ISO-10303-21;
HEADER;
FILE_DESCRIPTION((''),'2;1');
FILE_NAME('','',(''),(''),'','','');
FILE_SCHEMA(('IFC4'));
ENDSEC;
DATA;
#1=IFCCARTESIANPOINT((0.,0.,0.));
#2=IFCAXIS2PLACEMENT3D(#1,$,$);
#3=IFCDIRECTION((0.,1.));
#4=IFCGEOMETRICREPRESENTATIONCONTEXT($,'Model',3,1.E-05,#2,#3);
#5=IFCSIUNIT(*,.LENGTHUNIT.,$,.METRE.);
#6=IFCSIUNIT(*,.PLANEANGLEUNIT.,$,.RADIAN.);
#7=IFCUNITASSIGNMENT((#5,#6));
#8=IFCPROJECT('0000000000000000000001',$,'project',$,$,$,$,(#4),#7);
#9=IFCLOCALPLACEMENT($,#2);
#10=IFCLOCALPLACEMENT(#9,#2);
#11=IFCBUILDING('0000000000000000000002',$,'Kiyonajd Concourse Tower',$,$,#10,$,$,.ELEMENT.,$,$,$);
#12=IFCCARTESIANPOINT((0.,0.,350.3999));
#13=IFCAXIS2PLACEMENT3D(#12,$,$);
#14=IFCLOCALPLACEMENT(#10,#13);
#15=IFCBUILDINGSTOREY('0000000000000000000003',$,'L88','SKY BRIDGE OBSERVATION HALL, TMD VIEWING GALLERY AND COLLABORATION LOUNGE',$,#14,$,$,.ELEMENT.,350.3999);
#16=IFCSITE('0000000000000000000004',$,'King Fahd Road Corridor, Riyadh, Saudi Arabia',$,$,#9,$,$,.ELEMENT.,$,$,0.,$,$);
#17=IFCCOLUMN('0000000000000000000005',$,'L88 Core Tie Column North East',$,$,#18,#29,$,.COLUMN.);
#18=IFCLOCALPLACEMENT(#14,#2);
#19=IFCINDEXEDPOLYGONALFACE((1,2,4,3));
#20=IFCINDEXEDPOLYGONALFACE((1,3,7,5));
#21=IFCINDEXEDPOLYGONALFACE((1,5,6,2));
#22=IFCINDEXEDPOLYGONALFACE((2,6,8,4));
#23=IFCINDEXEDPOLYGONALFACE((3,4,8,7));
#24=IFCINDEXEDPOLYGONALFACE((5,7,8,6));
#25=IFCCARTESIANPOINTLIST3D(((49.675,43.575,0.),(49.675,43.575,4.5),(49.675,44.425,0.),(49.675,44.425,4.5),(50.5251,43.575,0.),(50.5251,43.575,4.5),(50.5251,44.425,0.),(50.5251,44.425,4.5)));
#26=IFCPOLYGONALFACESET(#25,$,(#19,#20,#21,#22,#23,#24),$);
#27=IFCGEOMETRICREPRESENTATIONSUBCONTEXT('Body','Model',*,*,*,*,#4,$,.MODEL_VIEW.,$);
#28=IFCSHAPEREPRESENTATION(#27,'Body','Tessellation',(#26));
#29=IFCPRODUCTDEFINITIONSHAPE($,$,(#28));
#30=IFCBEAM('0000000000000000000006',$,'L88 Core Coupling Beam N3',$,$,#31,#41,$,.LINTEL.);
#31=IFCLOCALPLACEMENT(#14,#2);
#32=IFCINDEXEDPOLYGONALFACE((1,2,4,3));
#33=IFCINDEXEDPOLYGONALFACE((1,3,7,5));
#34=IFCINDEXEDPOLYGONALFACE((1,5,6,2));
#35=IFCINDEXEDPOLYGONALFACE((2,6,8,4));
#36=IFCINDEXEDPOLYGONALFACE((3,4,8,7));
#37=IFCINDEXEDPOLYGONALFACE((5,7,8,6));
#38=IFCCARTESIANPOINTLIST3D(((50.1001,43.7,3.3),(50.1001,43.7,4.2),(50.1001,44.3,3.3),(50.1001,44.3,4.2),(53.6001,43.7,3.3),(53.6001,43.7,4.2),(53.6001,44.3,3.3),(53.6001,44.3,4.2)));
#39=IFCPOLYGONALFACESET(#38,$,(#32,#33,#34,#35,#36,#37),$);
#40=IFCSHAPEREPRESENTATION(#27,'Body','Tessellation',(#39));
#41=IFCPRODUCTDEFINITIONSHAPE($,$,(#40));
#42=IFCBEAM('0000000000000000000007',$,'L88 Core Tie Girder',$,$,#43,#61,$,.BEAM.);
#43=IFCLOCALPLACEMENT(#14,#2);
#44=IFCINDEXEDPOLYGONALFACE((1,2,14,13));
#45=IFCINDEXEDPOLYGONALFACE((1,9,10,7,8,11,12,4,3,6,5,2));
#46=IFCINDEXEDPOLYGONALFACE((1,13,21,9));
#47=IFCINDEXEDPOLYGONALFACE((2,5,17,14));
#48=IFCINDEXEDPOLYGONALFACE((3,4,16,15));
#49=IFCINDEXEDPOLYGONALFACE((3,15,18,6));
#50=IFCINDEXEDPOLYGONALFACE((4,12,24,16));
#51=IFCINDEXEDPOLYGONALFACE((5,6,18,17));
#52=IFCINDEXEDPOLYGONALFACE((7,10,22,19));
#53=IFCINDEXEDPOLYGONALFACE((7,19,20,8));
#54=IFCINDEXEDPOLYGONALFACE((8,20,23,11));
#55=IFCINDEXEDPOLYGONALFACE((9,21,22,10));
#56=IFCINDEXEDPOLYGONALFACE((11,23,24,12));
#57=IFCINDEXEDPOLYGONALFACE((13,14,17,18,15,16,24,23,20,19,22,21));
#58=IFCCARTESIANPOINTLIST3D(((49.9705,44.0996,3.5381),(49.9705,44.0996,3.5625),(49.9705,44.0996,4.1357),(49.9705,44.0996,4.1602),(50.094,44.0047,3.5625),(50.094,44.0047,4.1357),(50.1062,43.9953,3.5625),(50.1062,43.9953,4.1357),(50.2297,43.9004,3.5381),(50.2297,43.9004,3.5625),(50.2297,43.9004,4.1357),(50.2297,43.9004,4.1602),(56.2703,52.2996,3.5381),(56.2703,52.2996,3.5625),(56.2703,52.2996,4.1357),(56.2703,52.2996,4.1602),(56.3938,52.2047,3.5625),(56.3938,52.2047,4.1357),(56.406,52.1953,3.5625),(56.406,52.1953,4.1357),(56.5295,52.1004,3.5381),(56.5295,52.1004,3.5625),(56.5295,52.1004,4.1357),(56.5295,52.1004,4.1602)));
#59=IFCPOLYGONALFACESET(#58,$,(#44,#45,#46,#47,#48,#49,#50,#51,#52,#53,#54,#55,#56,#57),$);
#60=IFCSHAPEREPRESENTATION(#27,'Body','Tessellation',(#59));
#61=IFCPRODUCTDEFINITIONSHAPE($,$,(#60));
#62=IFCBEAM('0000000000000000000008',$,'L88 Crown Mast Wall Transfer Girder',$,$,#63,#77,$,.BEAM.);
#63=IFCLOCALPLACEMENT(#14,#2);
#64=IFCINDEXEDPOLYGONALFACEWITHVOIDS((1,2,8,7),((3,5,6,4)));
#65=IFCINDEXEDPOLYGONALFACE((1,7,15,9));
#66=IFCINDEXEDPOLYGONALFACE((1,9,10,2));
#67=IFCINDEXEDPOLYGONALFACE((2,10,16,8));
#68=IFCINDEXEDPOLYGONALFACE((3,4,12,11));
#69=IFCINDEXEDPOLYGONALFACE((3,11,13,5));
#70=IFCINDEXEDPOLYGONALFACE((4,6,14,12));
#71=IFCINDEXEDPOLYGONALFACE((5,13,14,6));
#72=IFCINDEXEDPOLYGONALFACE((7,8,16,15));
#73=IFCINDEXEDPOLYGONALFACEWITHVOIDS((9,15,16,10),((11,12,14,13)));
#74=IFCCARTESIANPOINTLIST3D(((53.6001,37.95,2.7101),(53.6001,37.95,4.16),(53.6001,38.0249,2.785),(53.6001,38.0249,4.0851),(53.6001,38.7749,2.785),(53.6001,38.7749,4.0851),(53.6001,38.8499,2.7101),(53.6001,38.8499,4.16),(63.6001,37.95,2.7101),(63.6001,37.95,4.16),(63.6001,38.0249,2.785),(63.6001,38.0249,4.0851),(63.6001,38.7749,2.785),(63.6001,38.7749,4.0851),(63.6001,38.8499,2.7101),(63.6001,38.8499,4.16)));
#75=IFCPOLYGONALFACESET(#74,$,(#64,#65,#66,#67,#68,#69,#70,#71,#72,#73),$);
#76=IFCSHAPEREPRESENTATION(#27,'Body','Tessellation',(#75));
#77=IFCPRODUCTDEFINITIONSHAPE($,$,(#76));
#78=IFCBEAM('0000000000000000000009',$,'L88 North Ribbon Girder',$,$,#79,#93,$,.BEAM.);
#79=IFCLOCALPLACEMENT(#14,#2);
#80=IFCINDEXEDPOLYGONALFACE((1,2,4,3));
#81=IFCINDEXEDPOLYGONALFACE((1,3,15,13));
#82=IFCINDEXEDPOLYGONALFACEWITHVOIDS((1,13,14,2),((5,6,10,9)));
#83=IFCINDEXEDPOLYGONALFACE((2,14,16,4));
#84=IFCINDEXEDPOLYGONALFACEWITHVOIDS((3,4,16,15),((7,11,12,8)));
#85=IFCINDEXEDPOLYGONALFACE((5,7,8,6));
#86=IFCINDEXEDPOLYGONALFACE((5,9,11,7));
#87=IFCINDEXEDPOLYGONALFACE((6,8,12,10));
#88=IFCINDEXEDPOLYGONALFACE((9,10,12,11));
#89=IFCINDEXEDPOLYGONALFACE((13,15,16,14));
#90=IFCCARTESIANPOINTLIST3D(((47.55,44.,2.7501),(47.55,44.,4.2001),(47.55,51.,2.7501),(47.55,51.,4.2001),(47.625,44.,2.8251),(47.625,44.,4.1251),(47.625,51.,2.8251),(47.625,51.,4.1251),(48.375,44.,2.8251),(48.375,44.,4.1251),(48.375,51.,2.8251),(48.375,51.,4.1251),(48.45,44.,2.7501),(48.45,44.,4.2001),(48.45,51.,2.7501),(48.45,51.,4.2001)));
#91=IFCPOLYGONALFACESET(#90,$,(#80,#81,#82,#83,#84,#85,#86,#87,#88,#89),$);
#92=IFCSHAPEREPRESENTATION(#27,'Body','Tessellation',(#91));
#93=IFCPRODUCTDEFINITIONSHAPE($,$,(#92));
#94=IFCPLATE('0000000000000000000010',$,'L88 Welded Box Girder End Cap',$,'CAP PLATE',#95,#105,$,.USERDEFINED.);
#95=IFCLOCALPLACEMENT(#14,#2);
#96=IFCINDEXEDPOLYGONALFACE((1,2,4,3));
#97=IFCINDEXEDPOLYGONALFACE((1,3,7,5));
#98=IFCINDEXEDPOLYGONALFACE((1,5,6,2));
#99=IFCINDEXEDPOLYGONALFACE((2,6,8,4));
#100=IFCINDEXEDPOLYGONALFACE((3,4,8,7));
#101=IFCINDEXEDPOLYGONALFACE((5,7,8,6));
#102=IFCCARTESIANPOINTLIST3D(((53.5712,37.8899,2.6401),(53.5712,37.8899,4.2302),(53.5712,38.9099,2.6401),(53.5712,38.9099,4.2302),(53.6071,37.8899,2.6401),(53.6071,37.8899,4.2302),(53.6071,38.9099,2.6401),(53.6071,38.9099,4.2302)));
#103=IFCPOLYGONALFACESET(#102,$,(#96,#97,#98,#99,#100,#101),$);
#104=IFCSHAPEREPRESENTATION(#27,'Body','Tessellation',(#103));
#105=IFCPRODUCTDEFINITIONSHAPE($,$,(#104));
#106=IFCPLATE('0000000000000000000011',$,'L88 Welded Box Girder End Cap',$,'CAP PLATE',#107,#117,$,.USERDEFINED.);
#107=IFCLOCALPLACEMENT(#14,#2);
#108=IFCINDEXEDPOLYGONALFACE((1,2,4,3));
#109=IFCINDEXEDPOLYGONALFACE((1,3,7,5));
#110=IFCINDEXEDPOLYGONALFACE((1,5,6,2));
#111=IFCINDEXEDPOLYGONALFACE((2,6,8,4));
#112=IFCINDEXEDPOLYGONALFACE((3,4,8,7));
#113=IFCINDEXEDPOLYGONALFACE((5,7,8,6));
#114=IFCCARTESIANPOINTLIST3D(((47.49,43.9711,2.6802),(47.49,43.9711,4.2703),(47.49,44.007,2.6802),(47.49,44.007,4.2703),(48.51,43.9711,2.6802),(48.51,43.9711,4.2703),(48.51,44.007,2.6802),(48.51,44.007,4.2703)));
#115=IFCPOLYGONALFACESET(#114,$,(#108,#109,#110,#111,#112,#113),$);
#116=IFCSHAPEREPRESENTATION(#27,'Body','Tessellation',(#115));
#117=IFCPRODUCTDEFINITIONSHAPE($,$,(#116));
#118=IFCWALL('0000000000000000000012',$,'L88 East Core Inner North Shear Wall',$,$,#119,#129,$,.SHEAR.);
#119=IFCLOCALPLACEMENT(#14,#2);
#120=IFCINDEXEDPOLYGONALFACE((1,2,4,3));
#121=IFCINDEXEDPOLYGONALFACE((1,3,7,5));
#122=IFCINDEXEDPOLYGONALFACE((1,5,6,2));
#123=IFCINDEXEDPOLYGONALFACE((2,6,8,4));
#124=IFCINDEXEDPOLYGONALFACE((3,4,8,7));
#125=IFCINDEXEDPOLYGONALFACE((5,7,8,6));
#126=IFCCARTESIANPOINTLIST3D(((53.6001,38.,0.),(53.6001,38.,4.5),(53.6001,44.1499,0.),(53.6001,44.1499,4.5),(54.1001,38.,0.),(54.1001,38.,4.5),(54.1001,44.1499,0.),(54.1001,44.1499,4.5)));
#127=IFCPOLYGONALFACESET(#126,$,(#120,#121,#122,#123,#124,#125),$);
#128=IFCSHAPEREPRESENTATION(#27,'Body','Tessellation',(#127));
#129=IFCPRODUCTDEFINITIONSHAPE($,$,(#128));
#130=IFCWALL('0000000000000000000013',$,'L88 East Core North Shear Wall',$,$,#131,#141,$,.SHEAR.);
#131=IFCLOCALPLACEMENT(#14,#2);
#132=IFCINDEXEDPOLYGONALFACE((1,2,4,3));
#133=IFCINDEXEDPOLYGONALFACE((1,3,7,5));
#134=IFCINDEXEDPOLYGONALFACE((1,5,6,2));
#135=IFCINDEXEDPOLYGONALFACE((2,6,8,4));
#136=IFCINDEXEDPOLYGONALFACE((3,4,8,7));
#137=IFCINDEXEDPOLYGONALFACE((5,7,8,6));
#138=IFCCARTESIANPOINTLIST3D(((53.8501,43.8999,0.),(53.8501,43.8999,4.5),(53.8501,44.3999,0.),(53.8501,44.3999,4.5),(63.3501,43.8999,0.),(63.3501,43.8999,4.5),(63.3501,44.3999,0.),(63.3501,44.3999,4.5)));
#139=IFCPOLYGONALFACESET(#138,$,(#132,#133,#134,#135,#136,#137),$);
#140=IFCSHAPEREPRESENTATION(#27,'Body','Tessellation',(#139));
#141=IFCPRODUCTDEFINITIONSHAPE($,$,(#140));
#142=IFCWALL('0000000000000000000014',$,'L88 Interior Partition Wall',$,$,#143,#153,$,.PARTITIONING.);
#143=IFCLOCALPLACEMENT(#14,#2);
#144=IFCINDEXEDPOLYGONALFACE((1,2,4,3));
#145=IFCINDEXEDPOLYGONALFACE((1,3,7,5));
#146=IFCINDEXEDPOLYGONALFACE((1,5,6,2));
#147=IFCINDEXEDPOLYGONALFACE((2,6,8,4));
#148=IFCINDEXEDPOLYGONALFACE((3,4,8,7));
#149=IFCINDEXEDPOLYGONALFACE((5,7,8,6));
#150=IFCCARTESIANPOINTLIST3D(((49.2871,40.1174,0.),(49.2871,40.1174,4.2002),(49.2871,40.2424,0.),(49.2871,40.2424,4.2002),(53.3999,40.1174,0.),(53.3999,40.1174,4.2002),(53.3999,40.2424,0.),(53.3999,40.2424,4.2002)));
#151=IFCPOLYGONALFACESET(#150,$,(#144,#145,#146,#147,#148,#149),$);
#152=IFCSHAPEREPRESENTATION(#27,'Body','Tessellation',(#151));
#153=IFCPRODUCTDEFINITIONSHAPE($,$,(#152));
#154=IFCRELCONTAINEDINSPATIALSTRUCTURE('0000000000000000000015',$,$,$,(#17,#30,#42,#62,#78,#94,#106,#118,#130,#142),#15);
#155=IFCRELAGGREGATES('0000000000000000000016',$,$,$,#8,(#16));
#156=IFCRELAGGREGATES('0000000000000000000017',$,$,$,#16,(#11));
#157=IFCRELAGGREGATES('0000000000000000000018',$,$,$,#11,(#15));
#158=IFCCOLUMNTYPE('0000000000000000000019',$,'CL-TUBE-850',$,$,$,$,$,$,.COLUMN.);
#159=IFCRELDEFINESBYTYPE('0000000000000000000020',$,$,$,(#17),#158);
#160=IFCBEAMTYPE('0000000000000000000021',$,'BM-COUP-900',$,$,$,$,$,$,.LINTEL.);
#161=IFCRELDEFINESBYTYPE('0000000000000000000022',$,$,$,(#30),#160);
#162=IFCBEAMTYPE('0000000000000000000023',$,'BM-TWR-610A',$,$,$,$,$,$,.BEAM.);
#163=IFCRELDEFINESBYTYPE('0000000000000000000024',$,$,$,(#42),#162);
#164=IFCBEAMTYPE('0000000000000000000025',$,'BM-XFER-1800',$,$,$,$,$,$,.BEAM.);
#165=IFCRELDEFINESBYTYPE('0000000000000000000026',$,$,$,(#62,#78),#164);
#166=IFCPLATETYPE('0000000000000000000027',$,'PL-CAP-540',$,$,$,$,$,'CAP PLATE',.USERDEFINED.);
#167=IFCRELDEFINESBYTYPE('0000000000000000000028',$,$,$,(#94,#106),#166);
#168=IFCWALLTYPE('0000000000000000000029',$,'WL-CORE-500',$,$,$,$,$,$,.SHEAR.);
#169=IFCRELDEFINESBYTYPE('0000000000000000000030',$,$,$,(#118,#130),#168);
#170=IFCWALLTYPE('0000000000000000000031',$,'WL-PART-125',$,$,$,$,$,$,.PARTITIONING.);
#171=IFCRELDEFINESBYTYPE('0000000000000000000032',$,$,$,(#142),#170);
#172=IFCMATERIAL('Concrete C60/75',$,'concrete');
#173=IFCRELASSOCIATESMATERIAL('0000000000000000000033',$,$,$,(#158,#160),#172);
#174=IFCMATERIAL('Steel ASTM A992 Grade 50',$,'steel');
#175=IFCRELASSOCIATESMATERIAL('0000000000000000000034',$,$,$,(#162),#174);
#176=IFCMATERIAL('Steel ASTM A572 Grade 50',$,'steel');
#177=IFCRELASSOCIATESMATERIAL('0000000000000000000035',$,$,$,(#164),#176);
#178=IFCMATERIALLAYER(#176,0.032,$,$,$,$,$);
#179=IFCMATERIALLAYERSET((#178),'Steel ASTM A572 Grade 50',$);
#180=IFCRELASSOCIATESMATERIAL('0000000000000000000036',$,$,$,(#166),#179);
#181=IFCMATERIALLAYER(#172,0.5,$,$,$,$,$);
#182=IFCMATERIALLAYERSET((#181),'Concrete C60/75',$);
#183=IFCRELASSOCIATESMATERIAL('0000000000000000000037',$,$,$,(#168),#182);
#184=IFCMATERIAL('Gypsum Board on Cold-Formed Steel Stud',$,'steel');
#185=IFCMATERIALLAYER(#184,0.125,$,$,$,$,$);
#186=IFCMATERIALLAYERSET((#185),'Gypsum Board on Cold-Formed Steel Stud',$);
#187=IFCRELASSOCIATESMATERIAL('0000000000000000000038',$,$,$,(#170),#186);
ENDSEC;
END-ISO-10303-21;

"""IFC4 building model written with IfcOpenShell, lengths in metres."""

from ifc_helpers import new_model, si_unit, direction, frame, frame_2d, origin, origin_2d, place, context, subcontext, project, spatial, rectangle, hollow_rectangle, i_section, extrude, material, layer, layer_set, material_profile, profile_set, type_object, element, save


model = new_model("IFC4")

# Units and contexts
model_context = context("Model", 3, precision=1e-05, world=origin(), true_north=direction((0.0, 1.0)))
body_context = subcontext(model_context, "Body", "Model", "MODEL_VIEW")
ifc_project = project(units=[si_unit("LENGTHUNIT", "METRE"), si_unit("PLANEANGLEUNIT", "RADIAN")], contexts=[model_context])

# Site, building, storey
site_placement = place(None, origin())
site = spatial("IfcSite", under=ifc_project, at=site_placement, Name="King Fahd Road Corridor, Riyadh, Saudi Arabia", CompositionType="ELEMENT", RefElevation=0.0)
building_placement = place(site_placement, origin())
building = spatial("IfcBuilding", under=site, at=building_placement, Name="Kiyonajd Concourse Tower", CompositionType="ELEMENT")
storey_placement = place(building_placement, frame((0.0, 0.0, 350.3999)))
storey = spatial("IfcBuildingStorey", under=building, at=storey_placement, Name="L88", Description="SKY BRIDGE OBSERVATION HALL, TMD VIEWING GALLERY AND COLLABORATION LOUNGE", CompositionType="ELEMENT", Elevation=350.3999)

# Column
ifc_material_1 = material(Name="Concrete C60/75", Category="concrete")
ifc_material_profile_1 = material_profile(ifc_material_1, rectangle(XDim=0.8501, YDim=0.8501, at=origin_2d()), Name="RC-850x850")
ifc_profile_set_1 = profile_set([ifc_material_profile_1], Name="Concrete C60/75")
column_type = type_object("IfcColumnType", Name="CL-TUBE-850", PredefinedType="COLUMN", material=ifc_profile_set_1)
column_placement = place(storey_placement, frame((50.1001, 44.0, 0.0), z_axis=(0.0, 0.0, 1.0), x_axis=(1.0, 0.0, 0.0)))
element("IfcColumn", 1, at=column_placement, inside=storey, type_object=column_type, Name="L88 Core Tie Column North East", PredefinedType="COLUMN", context=body_context, shape_type="SweptSolid", body=[
    extrude(rectangle(XDim=0.8501, YDim=0.8501, at=origin_2d()), origin(), (0.0, 0.0, 1.0), 4.5),
])

# Beams
ifc_material_profile_2 = material_profile(ifc_material_1, rectangle(XDim=0.6001, YDim=0.8999, at=origin_2d()), Name="RCBM-600x900")
ifc_profile_set_2 = profile_set([ifc_material_profile_2], Name="Concrete C60/75")
beam_type_1 = type_object("IfcBeamType", Name="BM-COUP-900", PredefinedType="LINTEL", material=ifc_profile_set_2)
beam_1_placement = place(storey_placement, frame((50.1001, 44.0, 3.75), z_axis=(1.0, 0.0, 0.0), x_axis=(0.0, 1.0, 0.0)))
element("IfcBeam", 2, at=beam_1_placement, inside=storey, type_object=beam_type_1, Name="L88 Core Coupling Beam N3", PredefinedType="LINTEL", context=body_context, shape_type="SweptSolid", body=[
    extrude(rectangle(XDim=0.6001, YDim=0.8999, at=origin_2d()), origin(), (0.0, 0.0, 1.0), 3.5),
])
ifc_material_2 = material(Name="Steel ASTM A992 Grade 50", Category="steel")
ifc_material_profile_3 = material_profile(ifc_material_2, i_section(OverallWidth=0.3269, OverallDepth=0.6221, WebThickness=0.0154, FlangeThickness=0.0244, at=origin_2d()), Name="W610X195")
ifc_profile_set_3 = profile_set([ifc_material_profile_3], Name="Steel ASTM A992 Grade 50")
beam_type_2 = type_object("IfcBeamType", Name="BM-TWR-610A", PredefinedType="BEAM", material=ifc_profile_set_3)
beam_2_placement = place(storey_placement, frame((50.1001, 44.0, 3.8491), z_axis=(0.609234, 0.792991, 0.0), x_axis=(-0.792991, 0.609234, 0.0)))
element("IfcBeam", 3, at=beam_2_placement, inside=storey, type_object=beam_type_2, Name="L88 Core Tie Girder", PredefinedType="BEAM", context=body_context, shape_type="SweptSolid", body=[
    extrude(i_section(OverallWidth=0.3269, OverallDepth=0.6221, WebThickness=0.0154, FlangeThickness=0.0244, at=origin_2d()), origin(), (0.0, 0.0, 1.0), 10.3406),
])
ifc_material_3 = material(Name="Steel ASTM A572 Grade 50", Category="steel")
ifc_material_profile_4 = material_profile(ifc_material_3, hollow_rectangle(XDim=0.8999, YDim=1.45, WallThickness=0.075, at=origin_2d()), Name="BOX-1450x900x75")
ifc_profile_set_4 = profile_set([ifc_material_profile_4], Name="Steel ASTM A572 Grade 50")
beam_type_3 = type_object("IfcBeamType", Name="BM-XFER-1800", PredefinedType="BEAM", material=ifc_profile_set_4)
beam_3_placement = place(storey_placement, frame((53.6001, 38.3999, 3.4351), z_axis=(1.0, 0.0, 0.0), x_axis=(0.0, 1.0, 0.0)))
element("IfcBeam", 4, at=beam_3_placement, inside=storey, type_object=beam_type_3, Name="L88 Crown Mast Wall Transfer Girder", PredefinedType="BEAM", context=body_context, shape_type="SweptSolid", body=[
    extrude(hollow_rectangle(XDim=0.8999, YDim=1.45, WallThickness=0.075, at=origin_2d()), origin(), (0.0, 0.0, 1.0), 10.0),
])
beam_4_placement = place(storey_placement, frame((48.0, 44.0, 3.4751), z_axis=(0.0, 1.0, 0.0), x_axis=(-1.0, 0.0, 0.0)))
element("IfcBeam", 5, at=beam_4_placement, inside=storey, type_object=beam_type_3, Name="L88 North Ribbon Girder", PredefinedType="BEAM", context=body_context, shape_type="SweptSolid", body=[
    extrude(hollow_rectangle(XDim=0.8999, YDim=1.45, WallThickness=0.075, at=origin_2d()), origin(), (0.0, 0.0, 1.0), 7.0),
])

# Plates
ifc_layer_1 = layer(ifc_material_3, 0.032)
ifc_layer_set_1 = layer_set([ifc_layer_1], Name="Steel ASTM A572 Grade 50")
plate_type = type_object("IfcPlateType", Name="PL-CAP-540", ElementType="CAP PLATE", PredefinedType="USERDEFINED", material=ifc_layer_set_1)
for number, where, z_axis, x_axis, name in (
    (6, (53.5891, 38.3999, 2.6401), (0.0, 0.0, 1.0), (-1.0, 0.0, 0.0), "L88 Welded Box Girder End Cap"),
    (7, (48.0, 43.989, 2.6802), (0.0, 0.0, 1.0), (0.0, -1.0, 0.0), "L88 Welded Box Girder End Cap"),
):
    element("IfcPlate", number, at=place(storey_placement, frame(where, z_axis=z_axis, x_axis=x_axis)), inside=storey, type_object=plate_type, Name=name, ObjectType="CAP PLATE", PredefinedType="USERDEFINED", context=body_context, shape_type="SweptSolid", body=[
        extrude(rectangle(XDim=0.0359, YDim=1.02, at=origin_2d()), origin(), (0.0, 0.0, 1.0), 1.5901),
    ])

# Walls
ifc_layer_2 = layer(ifc_material_1, 0.5)
ifc_layer_set_2 = layer_set([ifc_layer_2], Name="Concrete C60/75")
wall_type_1 = type_object("IfcWallType", Name="WL-CORE-500", PredefinedType="SHEAR", material=ifc_layer_set_2)
wall_1_placement = place(storey_placement, frame((53.8501, 38.0, 0.0), z_axis=(0.0, 0.0, 1.0), x_axis=(0.0, 1.0, 0.0)))
element("IfcWall", 8, at=wall_1_placement, inside=storey, type_object=wall_type_1, Name="L88 East Core Inner North Shear Wall", PredefinedType="SHEAR", context=body_context, shape_type="SweptSolid", body=[
    extrude(rectangle(XDim=6.1499, YDim=0.5, at=frame_2d((3.075, 0.0))), origin(), (0.0, 0.0, 1.0), 4.5),
])
wall_2_placement = place(storey_placement, frame((53.8501, 44.1499, 0.0), z_axis=(0.0, 0.0, 1.0), x_axis=(1.0, 0.0, 0.0)))
element("IfcWall", 9, at=wall_2_placement, inside=storey, type_object=wall_type_1, Name="L88 East Core North Shear Wall", PredefinedType="SHEAR", context=body_context, shape_type="SweptSolid", body=[
    extrude(rectangle(XDim=9.5, YDim=0.5, at=frame_2d((4.75, 0.0))), origin(), (0.0, 0.0, 1.0), 4.5),
])
ifc_material_4 = material(Name="Gypsum Board on Cold-Formed Steel Stud", Category="steel")
ifc_layer_3 = layer(ifc_material_4, 0.125)
ifc_layer_set_3 = layer_set([ifc_layer_3], Name="Gypsum Board on Cold-Formed Steel Stud")
wall_type_2 = type_object("IfcWallType", Name="WL-PART-125", PredefinedType="PARTITIONING", material=ifc_layer_set_3)
wall_3_placement = place(storey_placement, frame((49.2871, 40.1799, 0.0), z_axis=(0.0, 0.0, 1.0), x_axis=(1.0, 0.0, 0.0)))
element("IfcWall", 10, at=wall_3_placement, inside=storey, type_object=wall_type_2, Name="L88 Interior Partition Wall", PredefinedType="PARTITIONING", context=body_context, shape_type="SweptSolid", body=[
    extrude(rectangle(XDim=4.1128, YDim=0.125, at=frame_2d((2.0564, 0.0))), origin(), (0.0, 0.0, 1.0), 4.2002),
])

save(model, "model.ifc")
